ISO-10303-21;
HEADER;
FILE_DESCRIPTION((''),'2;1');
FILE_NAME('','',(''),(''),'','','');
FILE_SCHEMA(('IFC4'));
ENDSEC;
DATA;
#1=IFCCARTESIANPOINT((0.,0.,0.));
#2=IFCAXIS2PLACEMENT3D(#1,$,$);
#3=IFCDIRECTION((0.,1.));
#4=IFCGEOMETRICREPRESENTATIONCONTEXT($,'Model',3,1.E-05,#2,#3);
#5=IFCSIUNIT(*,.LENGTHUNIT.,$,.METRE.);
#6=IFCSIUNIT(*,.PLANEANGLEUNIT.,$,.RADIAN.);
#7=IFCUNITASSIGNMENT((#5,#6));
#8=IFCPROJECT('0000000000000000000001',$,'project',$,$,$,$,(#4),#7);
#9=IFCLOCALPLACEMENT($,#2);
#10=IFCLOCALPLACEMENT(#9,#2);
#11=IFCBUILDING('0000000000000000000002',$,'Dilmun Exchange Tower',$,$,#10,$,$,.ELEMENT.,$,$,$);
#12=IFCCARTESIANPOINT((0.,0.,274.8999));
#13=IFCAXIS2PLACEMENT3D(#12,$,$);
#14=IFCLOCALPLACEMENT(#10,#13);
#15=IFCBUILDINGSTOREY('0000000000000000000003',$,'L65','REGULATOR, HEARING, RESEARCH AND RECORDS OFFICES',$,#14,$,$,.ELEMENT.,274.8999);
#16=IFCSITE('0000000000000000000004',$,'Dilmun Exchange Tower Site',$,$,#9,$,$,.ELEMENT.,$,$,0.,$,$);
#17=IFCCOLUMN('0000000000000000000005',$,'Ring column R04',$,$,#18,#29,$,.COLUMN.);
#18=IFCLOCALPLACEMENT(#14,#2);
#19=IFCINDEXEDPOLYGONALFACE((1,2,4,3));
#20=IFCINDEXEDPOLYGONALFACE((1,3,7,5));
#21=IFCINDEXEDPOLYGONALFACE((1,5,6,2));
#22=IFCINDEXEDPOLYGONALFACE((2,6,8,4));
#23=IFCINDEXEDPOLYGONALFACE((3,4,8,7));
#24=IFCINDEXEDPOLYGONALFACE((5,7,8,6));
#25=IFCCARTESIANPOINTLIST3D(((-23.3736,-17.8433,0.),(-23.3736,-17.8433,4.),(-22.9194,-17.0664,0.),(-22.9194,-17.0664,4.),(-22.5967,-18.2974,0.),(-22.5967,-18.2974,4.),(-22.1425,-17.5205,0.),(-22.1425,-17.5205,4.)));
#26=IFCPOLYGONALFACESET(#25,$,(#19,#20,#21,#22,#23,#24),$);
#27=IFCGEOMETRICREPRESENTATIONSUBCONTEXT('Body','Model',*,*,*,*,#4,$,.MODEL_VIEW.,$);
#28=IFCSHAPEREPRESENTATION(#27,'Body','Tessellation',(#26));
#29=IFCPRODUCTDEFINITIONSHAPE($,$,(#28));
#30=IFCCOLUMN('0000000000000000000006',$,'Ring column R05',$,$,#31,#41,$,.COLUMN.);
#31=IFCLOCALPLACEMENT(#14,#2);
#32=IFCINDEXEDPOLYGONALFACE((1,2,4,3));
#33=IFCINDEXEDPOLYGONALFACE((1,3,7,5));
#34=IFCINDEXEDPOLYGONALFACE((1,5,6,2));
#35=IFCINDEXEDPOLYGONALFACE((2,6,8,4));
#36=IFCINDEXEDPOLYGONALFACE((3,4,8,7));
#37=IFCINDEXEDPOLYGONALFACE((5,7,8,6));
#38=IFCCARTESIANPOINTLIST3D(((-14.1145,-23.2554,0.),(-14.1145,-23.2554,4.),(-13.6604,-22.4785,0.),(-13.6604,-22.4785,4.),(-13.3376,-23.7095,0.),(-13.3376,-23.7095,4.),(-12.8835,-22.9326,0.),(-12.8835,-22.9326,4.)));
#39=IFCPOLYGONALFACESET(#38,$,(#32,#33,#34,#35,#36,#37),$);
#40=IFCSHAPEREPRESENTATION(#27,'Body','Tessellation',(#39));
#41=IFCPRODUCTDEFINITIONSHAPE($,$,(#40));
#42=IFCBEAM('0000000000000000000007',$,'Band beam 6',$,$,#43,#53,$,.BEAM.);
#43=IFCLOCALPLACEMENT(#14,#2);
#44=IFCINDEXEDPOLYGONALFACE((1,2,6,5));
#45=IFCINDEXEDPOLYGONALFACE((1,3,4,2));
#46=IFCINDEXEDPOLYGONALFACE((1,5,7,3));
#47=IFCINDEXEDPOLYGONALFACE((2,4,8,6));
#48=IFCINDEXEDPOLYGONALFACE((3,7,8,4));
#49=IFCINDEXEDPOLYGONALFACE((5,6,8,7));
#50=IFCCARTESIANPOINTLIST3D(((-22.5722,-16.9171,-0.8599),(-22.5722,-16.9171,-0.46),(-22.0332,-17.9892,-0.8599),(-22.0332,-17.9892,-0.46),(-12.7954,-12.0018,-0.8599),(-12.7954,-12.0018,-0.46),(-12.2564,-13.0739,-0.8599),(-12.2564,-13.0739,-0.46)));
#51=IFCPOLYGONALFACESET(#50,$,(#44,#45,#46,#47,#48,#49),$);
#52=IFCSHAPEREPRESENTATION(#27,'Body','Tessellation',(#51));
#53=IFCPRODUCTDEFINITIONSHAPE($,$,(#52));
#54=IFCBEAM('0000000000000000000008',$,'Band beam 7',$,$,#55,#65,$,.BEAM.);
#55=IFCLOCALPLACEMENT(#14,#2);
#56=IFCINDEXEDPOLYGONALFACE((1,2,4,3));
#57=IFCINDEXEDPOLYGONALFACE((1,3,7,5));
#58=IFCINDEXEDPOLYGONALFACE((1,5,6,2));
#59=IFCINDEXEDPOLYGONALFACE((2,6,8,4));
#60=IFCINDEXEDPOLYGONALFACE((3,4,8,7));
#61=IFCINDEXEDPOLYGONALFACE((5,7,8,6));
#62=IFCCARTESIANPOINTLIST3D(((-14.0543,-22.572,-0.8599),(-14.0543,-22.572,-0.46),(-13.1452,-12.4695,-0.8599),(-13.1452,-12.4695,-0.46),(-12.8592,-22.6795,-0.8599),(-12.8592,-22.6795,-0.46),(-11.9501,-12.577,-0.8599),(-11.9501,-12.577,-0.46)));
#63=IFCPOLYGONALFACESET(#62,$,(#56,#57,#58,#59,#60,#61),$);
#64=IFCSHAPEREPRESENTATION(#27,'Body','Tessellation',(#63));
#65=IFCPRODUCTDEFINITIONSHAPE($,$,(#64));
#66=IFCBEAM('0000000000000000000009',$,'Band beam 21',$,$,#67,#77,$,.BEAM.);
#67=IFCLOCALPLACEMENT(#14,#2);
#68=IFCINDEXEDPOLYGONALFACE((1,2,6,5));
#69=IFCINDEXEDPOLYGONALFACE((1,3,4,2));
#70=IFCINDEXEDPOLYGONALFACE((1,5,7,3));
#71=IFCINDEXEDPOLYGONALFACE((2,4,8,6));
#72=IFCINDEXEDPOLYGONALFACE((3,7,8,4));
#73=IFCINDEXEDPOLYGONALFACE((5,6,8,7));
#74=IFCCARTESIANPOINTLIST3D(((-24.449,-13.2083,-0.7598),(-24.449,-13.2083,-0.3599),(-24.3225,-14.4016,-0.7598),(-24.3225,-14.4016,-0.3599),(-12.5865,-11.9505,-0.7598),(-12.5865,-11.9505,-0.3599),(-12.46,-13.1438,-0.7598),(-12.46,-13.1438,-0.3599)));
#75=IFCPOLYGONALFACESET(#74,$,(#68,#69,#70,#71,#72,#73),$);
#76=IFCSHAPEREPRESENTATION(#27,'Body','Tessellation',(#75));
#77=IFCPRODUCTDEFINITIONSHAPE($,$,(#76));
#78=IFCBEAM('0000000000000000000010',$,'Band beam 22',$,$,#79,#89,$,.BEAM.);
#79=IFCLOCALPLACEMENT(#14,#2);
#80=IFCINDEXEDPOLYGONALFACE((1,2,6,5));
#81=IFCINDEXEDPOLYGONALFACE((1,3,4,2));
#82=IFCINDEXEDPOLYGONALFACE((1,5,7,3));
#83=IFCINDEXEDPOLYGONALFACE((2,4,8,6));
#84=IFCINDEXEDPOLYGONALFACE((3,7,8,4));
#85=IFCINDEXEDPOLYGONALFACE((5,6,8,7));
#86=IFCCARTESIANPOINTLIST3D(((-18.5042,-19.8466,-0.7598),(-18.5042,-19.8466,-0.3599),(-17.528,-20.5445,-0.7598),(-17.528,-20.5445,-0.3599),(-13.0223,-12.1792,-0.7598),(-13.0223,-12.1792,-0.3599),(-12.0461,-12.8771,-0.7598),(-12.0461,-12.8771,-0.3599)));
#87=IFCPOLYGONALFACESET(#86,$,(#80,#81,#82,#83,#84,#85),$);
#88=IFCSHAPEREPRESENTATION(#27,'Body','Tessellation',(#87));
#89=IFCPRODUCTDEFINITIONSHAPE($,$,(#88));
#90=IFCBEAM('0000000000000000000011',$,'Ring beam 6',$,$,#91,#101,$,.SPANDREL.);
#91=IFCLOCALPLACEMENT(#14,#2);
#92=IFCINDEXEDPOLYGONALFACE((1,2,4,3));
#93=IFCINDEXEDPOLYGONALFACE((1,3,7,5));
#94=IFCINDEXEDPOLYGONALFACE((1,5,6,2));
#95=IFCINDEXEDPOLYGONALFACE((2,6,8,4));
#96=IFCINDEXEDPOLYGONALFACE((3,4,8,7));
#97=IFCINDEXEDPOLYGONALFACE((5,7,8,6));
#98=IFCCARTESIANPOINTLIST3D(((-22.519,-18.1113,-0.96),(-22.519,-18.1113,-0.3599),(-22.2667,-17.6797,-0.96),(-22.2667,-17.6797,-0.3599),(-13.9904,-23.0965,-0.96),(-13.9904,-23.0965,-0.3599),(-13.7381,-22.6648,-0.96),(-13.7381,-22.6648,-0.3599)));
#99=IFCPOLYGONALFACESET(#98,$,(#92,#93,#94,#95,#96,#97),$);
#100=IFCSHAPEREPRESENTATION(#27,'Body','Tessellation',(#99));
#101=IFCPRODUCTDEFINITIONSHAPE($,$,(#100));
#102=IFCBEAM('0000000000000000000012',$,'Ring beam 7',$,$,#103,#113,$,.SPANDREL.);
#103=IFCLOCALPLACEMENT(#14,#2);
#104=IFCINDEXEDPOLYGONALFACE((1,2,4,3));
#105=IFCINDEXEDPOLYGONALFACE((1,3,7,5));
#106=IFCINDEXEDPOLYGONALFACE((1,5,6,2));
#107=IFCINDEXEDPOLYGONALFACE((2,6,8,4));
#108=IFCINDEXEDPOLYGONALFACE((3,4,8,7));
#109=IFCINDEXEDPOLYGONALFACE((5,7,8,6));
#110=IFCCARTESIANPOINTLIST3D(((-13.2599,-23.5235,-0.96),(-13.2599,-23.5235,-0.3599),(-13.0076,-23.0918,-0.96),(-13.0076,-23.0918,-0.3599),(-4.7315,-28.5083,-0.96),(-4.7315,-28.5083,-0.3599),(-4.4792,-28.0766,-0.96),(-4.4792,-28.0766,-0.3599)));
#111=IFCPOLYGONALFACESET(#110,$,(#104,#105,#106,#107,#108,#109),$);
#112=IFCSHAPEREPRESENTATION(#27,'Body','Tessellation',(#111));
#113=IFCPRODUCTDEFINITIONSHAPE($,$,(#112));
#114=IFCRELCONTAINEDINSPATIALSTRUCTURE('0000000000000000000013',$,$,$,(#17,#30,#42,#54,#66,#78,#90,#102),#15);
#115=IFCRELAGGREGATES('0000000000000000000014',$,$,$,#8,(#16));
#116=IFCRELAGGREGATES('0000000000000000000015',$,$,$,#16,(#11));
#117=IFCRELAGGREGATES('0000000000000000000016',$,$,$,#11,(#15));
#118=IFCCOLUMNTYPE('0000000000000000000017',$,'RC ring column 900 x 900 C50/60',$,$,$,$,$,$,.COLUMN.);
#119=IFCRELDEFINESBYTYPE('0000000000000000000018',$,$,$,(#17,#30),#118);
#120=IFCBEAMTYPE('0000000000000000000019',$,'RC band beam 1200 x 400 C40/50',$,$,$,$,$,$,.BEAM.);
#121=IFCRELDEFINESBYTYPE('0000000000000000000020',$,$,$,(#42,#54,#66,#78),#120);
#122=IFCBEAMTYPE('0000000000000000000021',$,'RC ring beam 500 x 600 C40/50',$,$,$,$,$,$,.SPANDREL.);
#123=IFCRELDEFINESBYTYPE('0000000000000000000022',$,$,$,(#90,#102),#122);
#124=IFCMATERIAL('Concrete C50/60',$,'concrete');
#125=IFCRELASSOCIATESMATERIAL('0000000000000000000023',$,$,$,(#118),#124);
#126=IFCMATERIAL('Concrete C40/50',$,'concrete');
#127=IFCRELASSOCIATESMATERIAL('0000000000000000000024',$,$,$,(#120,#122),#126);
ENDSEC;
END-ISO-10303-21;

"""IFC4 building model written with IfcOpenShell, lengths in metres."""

from ifc_helpers import new_model, si_unit, direction, frame, origin, origin_2d, place, context, subcontext, project, spatial, rectangle, extrude, material, material_profile, profile_set, type_object, element, save


model = new_model("IFC4")

# Units and contexts
model_context = context("Model", 3, precision=1e-05, world=origin(), true_north=direction((0.0, 1.0)))
body_context = subcontext(model_context, "Body", "Model", "MODEL_VIEW")
ifc_project = project(units=[si_unit("LENGTHUNIT", "METRE"), si_unit("PLANEANGLEUNIT", "RADIAN")], contexts=[model_context])

# Site, building, storey
site_placement = place(None, origin())
site = spatial("IfcSite", under=ifc_project, at=site_placement, Name="Dilmun Exchange Tower Site", CompositionType="ELEMENT", RefElevation=0.0)
building_placement = place(site_placement, origin())
building = spatial("IfcBuilding", under=site, at=building_placement, Name="Dilmun Exchange Tower", CompositionType="ELEMENT")
storey_placement = place(building_placement, frame((0.0, 0.0, 274.8999)))
storey = spatial("IfcBuildingStorey", under=building, at=storey_placement, Name="L65", Description="REGULATOR, HEARING, RESEARCH AND RECORDS OFFICES", CompositionType="ELEMENT", Elevation=274.8999)

# Columns
ifc_material_1 = material(Name="Concrete C50/60", Category="concrete")
ifc_material_profile_1 = material_profile(ifc_material_1, rectangle(XDim=0.8999, YDim=0.8999, at=origin_2d()), Name="900 x 900")
ifc_profile_set_1 = profile_set([ifc_material_profile_1], Name="Concrete C50/60")
column_type = type_object("IfcColumnType", Name="RC ring column 900 x 900 C50/60", PredefinedType="COLUMN", material=ifc_profile_set_1)
for number, where, z_axis, x_axis, name in (
    (1, (-22.7581, -17.6819, 0.0), (0.0, 0.0, 1.0), (0.504644, 0.863328, 0.0), "Ring column R04"),
    (2, (-13.499, -23.094, 0.0), (0.0, 0.0, 1.0), (0.504644, 0.863328, 0.0), "Ring column R05"),
):
    element("IfcColumn", number, at=place(storey_placement, frame(where, z_axis=z_axis, x_axis=x_axis)), inside=storey, type_object=column_type, Name=name, PredefinedType="COLUMN", context=body_context, shape_type="SweptSolid", body=[
        extrude(rectangle(XDim=0.8999, YDim=0.8999, at=origin_2d()), origin(), (0.0, 0.0, 1.0), 4.0),
    ])

# Beams
ifc_material_2 = material(Name="Concrete C40/50", Category="concrete")
ifc_material_profile_2 = material_profile(ifc_material_2, rectangle(XDim=1.2, YDim=0.3999, at=origin_2d()), Name="1200 x 400")
ifc_profile_set_2 = profile_set([ifc_material_profile_2], Name="Concrete C40/50")
beam_type_1 = type_object("IfcBeamType", Name="RC band beam 1200 x 400 C40/50", PredefinedType="BEAM", material=ifc_profile_set_2)
beam_1_placement = place(storey_placement, frame((-22.3027, -17.4531, -0.6599), z_axis=(0.893443, 0.449176, 0.0), x_axis=(-0.449176, 0.893443, 0.0)))
element("IfcBeam", 3, at=beam_1_placement, inside=storey, type_object=beam_type_1, Name="Band beam 6", PredefinedType="BEAM", context=body_context, shape_type="SweptSolid", body=[
    extrude(rectangle(XDim=1.2, YDim=0.3999, at=origin_2d()), origin(), (0.0, 0.0, 1.0), 10.9429),
])
beam_2_placement = place(storey_placement, frame((-13.4568, -22.6257, -0.6599), z_axis=(0.089633, 0.995975, 0.0), x_axis=(-0.995975, 0.089633, 0.0)))
element("IfcBeam", 4, at=beam_2_placement, inside=storey, type_object=beam_type_1, Name="Band beam 7", PredefinedType="BEAM", context=body_context, shape_type="SweptSolid", body=[
    extrude(rectangle(XDim=1.2, YDim=0.3999, at=origin_2d()), origin(), (0.0, 0.0, 1.0), 10.1433),
])
beam_3_placement = place(storey_placement, frame((-24.3857, -13.8049, -0.5598), z_axis=(0.994426, 0.105441, 0.0), x_axis=(-0.105441, 0.994426, 0.0)))
element("IfcBeam", 5, at=beam_3_placement, inside=storey, type_object=beam_type_1, Name="Band beam 21", PredefinedType="BEAM", context=body_context, shape_type="SweptSolid", body=[
    extrude(rectangle(XDim=1.2, YDim=0.3999, at=origin_2d()), origin(), (0.0, 0.0, 1.0), 11.929),
])
beam_4_placement = place(storey_placement, frame((-18.0161, -20.1956, -0.5598), z_axis=(0.581601, 0.813474, 0.0), x_axis=(-0.813474, 0.581601, 0.0)))
element("IfcBeam", 6, at=beam_4_placement, inside=storey, type_object=beam_type_1, Name="Band beam 22", PredefinedType="BEAM", context=body_context, shape_type="SweptSolid", body=[
    extrude(rectangle(XDim=1.2, YDim=0.3999, at=origin_2d()), origin(), (0.0, 0.0, 1.0), 9.4255),
])
ifc_material_profile_3 = material_profile(ifc_material_2, rectangle(XDim=0.5, YDim=0.6001, at=origin_2d()), Name="500 x 600")
ifc_profile_set_3 = profile_set([ifc_material_profile_3], Name="Concrete C40/50")
beam_type_2 = type_object("IfcBeamType", Name="RC ring beam 500 x 600 C40/50", PredefinedType="SPANDREL", material=ifc_profile_set_3)
beam_5_placement = place(storey_placement, frame((-22.3928, -17.8955, -0.6599), z_axis=(0.863333, -0.504635, 0.0), x_axis=(0.504635, 0.863333, 0.0)))
element("IfcBeam", 7, at=beam_5_placement, inside=storey, type_object=beam_type_2, Name="Ring beam 6", PredefinedType="SPANDREL", context=body_context, shape_type="SweptSolid", body=[
    extrude(rectangle(XDim=0.5, YDim=0.6001, at=origin_2d()), origin(), (0.0, 0.0, 1.0), 9.8787),
])
beam_6_placement = place(storey_placement, frame((-13.1338, -23.3076, -0.6599), z_axis=(0.863344, -0.504616, 0.0), x_axis=(0.504616, 0.863344, 0.0)))
element("IfcBeam", 8, at=beam_6_placement, inside=storey, type_object=beam_type_2, Name="Ring beam 7", PredefinedType="SPANDREL", context=body_context, shape_type="SweptSolid", body=[
    extrude(rectangle(XDim=0.5, YDim=0.6001, at=origin_2d()), origin(), (0.0, 0.0, 1.0), 9.8784),
])

save(model, "model.ifc")
